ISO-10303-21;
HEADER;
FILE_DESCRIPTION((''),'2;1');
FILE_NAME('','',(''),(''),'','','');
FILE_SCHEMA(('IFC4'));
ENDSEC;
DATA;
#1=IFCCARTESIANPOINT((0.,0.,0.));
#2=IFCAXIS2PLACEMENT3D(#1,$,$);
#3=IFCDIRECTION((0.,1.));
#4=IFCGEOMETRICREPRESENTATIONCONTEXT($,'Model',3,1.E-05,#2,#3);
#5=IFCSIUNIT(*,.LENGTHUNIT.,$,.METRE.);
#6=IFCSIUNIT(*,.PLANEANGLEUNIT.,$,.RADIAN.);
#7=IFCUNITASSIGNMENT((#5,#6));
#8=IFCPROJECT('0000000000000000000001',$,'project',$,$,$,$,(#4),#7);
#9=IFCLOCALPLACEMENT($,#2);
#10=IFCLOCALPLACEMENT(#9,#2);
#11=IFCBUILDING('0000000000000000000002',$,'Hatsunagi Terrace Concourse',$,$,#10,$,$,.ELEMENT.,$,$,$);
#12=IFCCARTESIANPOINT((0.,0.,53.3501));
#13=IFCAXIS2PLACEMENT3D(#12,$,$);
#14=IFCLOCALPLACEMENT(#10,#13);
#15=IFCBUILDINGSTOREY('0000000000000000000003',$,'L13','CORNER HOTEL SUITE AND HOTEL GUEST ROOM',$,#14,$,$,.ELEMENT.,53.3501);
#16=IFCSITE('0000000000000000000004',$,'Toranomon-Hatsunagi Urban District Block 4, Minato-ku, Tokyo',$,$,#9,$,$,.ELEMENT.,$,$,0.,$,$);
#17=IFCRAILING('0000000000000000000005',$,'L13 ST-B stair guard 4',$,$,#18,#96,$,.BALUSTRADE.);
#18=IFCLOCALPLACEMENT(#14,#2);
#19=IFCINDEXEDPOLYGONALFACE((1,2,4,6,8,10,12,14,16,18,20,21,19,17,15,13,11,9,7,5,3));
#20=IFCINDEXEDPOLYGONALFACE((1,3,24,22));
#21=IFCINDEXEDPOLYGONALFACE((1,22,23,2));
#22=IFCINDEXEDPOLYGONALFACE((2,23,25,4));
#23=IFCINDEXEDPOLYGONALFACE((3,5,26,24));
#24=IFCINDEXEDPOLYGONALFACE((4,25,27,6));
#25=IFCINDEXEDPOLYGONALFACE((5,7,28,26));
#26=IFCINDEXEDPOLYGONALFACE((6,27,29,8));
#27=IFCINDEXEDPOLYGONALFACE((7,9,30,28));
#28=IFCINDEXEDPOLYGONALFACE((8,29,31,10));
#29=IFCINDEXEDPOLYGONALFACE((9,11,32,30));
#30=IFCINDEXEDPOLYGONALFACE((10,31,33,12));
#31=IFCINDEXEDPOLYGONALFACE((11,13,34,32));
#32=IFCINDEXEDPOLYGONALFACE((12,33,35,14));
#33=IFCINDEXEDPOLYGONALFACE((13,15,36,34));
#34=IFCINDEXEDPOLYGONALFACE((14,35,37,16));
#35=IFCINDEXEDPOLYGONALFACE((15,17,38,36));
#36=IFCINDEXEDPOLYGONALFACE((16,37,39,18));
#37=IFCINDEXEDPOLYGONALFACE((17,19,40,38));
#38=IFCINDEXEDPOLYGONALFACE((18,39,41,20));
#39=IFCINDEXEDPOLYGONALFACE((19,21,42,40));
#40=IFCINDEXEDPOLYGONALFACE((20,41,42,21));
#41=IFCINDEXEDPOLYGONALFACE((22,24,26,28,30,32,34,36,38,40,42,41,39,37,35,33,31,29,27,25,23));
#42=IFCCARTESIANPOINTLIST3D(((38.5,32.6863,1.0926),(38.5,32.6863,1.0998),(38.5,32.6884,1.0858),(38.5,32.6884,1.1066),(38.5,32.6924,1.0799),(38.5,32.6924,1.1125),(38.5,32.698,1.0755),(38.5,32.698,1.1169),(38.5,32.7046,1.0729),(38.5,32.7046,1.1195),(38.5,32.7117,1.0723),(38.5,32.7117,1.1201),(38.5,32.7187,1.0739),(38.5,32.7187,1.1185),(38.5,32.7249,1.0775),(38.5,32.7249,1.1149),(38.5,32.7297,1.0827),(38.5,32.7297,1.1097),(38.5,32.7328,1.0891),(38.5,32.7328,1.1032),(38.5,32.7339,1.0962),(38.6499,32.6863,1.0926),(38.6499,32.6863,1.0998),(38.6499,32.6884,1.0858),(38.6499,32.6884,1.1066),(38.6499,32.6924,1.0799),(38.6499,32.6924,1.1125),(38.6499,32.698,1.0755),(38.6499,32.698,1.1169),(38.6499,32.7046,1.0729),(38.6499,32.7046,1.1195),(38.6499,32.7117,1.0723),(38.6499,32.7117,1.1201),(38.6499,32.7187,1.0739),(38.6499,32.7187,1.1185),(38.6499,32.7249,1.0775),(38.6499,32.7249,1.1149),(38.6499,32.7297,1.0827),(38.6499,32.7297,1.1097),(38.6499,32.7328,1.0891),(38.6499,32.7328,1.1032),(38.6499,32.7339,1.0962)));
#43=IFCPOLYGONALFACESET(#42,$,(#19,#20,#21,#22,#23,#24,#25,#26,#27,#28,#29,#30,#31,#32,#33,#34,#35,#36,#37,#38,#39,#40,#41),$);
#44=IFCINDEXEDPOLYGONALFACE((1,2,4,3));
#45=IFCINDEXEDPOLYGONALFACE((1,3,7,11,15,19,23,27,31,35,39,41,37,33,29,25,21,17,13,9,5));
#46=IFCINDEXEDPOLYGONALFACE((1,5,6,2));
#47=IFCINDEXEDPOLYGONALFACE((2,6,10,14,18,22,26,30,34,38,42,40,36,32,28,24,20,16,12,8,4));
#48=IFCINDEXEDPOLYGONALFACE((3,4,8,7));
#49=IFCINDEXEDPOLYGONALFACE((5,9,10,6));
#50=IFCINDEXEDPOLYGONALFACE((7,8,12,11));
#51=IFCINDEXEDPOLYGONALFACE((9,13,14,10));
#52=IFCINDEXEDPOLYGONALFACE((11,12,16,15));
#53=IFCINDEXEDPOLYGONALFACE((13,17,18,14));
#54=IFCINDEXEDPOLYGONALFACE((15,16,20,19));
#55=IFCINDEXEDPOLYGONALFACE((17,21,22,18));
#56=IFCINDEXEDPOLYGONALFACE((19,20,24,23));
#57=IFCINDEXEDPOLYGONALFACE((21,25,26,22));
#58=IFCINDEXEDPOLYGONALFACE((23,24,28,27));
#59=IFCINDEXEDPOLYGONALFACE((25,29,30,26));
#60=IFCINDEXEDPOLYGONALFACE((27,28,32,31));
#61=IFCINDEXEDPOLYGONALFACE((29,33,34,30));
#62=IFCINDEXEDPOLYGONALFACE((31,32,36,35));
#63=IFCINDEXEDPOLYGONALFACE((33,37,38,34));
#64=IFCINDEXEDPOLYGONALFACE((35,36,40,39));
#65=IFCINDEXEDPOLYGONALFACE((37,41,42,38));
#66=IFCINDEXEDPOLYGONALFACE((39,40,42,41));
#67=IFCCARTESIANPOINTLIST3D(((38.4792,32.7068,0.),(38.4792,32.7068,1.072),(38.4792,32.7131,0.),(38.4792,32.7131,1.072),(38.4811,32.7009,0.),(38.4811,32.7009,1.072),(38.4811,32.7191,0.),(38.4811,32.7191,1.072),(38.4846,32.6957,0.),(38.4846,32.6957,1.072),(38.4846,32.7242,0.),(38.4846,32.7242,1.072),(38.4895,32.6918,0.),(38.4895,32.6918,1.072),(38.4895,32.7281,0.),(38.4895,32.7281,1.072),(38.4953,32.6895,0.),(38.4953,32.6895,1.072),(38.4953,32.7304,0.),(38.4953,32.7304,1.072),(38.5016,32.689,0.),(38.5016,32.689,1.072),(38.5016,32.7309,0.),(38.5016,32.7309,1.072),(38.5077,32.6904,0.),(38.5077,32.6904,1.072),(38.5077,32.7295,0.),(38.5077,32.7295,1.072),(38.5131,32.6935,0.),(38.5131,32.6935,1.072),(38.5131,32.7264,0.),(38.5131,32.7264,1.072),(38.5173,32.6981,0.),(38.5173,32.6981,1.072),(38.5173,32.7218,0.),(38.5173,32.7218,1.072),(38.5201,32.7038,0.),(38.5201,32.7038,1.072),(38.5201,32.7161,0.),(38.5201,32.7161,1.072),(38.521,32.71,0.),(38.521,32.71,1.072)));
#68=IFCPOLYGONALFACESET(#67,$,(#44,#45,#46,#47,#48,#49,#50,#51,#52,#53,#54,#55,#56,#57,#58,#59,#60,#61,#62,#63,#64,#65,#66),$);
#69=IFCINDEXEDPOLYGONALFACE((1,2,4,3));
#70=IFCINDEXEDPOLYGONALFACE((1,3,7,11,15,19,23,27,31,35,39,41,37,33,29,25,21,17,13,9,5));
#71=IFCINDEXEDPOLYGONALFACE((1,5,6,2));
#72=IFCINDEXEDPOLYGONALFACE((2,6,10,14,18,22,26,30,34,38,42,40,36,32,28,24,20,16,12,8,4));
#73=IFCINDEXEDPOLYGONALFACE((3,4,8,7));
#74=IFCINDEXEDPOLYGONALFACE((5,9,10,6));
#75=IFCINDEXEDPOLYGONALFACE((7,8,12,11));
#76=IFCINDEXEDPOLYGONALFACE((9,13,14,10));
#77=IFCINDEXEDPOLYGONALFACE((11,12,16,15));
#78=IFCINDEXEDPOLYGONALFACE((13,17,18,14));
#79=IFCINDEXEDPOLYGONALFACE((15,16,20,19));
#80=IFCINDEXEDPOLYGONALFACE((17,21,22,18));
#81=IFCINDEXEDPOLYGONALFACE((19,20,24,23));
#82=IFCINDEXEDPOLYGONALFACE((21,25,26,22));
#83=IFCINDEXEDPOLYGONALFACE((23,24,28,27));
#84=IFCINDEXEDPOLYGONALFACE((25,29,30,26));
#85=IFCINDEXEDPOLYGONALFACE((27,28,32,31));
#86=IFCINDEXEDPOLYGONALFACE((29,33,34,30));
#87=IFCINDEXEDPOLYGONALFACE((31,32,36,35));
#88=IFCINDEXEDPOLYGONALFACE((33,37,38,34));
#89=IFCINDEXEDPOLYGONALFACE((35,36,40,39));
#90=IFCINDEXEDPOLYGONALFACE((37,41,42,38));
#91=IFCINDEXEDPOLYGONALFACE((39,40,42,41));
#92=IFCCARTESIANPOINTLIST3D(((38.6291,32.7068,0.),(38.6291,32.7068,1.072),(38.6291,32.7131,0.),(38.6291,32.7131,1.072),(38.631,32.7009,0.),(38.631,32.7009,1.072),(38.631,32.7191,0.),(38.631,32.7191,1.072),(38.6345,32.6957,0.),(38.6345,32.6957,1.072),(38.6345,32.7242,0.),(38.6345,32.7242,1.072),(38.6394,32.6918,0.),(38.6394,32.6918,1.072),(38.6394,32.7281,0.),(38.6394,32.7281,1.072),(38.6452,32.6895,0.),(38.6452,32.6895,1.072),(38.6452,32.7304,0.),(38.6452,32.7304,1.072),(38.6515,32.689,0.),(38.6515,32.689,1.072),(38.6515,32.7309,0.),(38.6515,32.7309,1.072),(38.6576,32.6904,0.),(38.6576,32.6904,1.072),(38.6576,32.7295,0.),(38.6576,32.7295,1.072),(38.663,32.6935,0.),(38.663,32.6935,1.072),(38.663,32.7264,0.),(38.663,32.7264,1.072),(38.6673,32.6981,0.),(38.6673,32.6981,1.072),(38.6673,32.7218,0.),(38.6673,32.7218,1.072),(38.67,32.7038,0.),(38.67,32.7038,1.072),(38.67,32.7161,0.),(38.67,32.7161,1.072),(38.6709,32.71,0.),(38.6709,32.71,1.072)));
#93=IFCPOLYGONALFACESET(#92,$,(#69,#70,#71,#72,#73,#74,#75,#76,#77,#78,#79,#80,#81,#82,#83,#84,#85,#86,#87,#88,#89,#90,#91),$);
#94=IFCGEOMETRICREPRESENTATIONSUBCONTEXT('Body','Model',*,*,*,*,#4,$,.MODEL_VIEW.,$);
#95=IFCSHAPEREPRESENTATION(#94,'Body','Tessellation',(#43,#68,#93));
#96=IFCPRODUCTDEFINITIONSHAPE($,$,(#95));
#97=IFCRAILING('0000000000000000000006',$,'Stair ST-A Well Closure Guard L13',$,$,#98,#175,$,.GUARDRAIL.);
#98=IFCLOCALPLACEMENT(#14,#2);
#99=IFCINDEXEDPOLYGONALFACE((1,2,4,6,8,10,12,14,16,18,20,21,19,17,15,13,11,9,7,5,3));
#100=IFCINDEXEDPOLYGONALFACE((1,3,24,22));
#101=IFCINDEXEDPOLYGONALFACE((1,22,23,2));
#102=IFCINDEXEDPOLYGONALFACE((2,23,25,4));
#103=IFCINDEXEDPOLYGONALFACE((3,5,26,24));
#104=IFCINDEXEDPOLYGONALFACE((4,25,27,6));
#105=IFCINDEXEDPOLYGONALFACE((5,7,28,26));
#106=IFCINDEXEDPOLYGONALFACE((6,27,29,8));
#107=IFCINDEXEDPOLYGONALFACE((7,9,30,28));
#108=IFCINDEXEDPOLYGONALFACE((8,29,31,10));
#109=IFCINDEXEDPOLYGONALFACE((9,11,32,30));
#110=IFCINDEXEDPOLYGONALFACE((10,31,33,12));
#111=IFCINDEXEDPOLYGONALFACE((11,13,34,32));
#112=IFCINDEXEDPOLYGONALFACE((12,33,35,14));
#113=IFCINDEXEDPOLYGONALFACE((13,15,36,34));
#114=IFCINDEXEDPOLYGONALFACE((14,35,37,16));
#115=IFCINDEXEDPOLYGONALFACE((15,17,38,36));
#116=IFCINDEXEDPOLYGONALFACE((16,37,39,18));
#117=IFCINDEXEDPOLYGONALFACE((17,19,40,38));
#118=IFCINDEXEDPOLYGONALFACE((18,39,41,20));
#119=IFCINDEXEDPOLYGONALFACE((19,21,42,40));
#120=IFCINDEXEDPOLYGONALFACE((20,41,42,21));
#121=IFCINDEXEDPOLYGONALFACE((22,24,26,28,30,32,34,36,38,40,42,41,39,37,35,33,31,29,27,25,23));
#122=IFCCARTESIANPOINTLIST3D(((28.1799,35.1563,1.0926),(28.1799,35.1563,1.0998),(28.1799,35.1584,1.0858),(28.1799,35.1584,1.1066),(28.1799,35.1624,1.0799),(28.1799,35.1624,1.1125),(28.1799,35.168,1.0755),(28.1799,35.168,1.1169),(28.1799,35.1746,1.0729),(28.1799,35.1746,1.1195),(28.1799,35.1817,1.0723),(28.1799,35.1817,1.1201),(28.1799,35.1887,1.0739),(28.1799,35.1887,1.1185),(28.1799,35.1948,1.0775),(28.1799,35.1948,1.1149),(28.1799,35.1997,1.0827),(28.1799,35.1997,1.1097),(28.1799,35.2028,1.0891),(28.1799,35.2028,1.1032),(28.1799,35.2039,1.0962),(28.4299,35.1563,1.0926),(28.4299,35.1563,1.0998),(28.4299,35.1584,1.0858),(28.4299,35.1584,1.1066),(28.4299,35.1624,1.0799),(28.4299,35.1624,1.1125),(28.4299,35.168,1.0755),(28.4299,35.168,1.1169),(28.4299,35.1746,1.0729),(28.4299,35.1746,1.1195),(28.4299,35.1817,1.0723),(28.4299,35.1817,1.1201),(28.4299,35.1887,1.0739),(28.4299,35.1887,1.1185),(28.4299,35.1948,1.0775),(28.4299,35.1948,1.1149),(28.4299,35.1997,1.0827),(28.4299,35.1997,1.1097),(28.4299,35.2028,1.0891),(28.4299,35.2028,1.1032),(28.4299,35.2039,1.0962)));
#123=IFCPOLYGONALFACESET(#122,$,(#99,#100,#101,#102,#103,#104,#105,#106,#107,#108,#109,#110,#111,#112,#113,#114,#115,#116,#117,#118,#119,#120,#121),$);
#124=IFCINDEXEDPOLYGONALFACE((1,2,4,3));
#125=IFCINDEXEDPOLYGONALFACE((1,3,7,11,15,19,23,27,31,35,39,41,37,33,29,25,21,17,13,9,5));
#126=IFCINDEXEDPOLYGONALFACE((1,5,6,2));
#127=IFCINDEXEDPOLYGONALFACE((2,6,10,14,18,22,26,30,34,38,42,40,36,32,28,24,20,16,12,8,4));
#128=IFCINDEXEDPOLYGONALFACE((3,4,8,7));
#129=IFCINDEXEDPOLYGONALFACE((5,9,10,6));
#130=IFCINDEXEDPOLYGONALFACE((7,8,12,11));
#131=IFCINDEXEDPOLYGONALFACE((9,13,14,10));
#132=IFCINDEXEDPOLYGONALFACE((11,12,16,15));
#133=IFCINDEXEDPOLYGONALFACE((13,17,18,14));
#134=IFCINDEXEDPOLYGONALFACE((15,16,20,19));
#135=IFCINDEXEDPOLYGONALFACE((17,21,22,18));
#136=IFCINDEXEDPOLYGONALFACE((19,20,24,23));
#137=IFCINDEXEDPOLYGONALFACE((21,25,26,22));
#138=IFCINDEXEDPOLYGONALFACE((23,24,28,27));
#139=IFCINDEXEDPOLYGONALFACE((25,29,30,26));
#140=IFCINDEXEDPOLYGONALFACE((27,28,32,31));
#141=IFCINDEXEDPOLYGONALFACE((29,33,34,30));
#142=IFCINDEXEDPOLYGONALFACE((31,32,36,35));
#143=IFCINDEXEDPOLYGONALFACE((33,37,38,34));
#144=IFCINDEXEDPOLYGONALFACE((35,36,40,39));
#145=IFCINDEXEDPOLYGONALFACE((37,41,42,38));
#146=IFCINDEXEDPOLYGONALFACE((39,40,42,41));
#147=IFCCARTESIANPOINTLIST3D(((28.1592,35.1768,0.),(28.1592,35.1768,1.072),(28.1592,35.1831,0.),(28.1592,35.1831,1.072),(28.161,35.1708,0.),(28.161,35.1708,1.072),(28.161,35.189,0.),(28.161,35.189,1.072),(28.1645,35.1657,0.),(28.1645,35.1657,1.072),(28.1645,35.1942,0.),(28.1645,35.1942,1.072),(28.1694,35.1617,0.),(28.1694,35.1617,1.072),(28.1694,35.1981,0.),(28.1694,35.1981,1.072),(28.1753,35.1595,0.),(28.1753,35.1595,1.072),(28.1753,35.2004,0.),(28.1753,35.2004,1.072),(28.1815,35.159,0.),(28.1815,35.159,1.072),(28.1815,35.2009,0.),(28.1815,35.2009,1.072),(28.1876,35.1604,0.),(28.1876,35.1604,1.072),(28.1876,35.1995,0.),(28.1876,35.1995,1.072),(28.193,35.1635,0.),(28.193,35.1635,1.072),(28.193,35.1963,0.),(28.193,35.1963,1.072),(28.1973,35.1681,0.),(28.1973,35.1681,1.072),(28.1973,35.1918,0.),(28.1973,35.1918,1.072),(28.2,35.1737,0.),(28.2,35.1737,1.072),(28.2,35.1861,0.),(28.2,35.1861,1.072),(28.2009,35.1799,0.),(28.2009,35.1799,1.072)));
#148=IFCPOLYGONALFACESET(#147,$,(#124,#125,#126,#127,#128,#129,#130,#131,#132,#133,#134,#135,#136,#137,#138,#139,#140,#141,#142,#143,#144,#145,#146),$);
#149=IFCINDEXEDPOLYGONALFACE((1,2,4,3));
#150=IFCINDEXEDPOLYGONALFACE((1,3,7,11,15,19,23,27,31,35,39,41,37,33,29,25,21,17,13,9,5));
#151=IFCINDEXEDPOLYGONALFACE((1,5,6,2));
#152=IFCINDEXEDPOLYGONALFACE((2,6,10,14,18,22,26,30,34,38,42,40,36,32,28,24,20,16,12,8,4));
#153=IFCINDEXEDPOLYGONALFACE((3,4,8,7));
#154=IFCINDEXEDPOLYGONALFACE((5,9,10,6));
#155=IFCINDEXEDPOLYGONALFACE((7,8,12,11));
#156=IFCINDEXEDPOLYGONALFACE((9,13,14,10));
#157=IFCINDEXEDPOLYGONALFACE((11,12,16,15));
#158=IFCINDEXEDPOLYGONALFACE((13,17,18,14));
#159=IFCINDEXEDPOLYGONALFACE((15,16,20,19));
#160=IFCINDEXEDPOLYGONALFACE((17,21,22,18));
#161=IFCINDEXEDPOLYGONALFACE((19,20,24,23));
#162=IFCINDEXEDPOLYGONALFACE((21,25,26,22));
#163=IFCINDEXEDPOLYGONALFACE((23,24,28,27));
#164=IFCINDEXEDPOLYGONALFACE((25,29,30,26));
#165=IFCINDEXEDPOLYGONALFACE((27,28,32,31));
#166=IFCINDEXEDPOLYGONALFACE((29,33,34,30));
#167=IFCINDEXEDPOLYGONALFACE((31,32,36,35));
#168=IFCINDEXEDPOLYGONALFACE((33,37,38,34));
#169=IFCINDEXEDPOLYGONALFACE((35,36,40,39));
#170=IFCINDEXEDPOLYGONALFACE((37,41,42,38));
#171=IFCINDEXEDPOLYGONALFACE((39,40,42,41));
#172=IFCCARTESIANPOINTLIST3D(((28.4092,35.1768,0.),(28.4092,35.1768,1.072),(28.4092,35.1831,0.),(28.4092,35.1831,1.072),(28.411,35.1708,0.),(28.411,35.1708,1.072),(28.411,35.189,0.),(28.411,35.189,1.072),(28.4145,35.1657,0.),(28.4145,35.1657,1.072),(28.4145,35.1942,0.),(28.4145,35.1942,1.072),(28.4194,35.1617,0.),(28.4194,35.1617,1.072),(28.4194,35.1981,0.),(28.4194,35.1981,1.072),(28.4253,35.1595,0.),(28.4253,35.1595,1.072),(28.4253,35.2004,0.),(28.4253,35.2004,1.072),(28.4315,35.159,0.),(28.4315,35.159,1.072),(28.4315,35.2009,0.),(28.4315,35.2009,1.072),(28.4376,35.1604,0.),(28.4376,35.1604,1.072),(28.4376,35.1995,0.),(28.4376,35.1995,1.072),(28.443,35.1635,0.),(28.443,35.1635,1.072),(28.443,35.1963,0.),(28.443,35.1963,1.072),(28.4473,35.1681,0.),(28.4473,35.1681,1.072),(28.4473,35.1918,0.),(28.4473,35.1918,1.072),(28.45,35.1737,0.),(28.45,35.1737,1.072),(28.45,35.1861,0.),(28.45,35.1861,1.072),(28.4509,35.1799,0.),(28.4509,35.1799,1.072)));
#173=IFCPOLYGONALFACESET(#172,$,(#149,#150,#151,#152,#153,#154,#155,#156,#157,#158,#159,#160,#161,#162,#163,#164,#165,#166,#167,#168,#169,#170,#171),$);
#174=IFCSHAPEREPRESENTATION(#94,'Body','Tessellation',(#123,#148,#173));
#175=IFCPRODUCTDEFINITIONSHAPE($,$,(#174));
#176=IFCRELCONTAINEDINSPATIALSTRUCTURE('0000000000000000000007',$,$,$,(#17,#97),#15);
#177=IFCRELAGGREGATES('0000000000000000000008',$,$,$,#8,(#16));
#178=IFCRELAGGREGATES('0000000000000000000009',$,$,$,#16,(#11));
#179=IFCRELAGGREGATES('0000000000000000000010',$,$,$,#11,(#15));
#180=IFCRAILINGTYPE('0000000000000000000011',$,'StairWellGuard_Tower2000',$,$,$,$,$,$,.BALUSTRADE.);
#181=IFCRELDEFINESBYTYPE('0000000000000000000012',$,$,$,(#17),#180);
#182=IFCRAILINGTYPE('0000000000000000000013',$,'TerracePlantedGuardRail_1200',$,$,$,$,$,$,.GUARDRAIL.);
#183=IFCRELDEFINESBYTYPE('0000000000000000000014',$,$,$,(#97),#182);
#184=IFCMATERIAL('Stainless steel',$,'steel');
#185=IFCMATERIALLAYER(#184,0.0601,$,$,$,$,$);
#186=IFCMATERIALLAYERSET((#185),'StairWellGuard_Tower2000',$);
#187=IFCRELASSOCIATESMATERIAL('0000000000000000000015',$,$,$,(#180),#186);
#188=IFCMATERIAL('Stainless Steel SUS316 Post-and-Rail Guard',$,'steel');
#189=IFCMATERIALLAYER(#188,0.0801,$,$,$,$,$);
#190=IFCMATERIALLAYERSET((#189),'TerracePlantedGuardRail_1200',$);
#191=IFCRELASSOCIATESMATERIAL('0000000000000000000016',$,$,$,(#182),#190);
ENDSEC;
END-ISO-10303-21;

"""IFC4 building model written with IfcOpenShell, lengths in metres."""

from ifc_helpers import new_model, si_unit, direction, frame, origin, origin_2d, place, context, subcontext, project, spatial, circle, extrude, material, layer, layer_set, type_object, element, save


model = new_model("IFC4")

# Units and contexts
model_context = context("Model", 3, precision=1e-05, world=origin(), true_north=direction((0.0, 1.0)))
body_context = subcontext(model_context, "Body", "Model", "MODEL_VIEW")
ifc_project = project(units=[si_unit("LENGTHUNIT", "METRE"), si_unit("PLANEANGLEUNIT", "RADIAN")], contexts=[model_context])

# Site, building, storey
site_placement = place(None, origin())
site = spatial("IfcSite", under=ifc_project, at=site_placement, Name="Toranomon-Hatsunagi Urban District Block 4, Minato-ku, Tokyo", CompositionType="ELEMENT", RefElevation=0.0)
building_placement = place(site_placement, origin())
building = spatial("IfcBuilding", under=site, at=building_placement, Name="Hatsunagi Terrace Concourse", CompositionType="ELEMENT")
storey_placement = place(building_placement, frame((0.0, 0.0, 53.3501)))
storey = spatial("IfcBuildingStorey", under=building, at=storey_placement, Name="L13", Description="CORNER HOTEL SUITE AND HOTEL GUEST ROOM", CompositionType="ELEMENT", Elevation=53.3501)

# Railings
ifc_material_1 = material(Name="Stainless steel", Category="steel")
ifc_layer_1 = layer(ifc_material_1, 0.0601)
ifc_layer_set_1 = layer_set([ifc_layer_1], Name="StairWellGuard_Tower2000")
railing_type_1 = type_object("IfcRailingType", Name="StairWellGuard_Tower2000", PredefinedType="BALUSTRADE", material=ifc_layer_set_1)
for number, where, name in (
    (1, (38.5, 32.71, 0.0), "L13 ST-B stair guard 4"),
):
    element("IfcRailing", number, at=place(storey_placement, frame(where)), inside=storey, type_object=railing_type_1, Name=name, PredefinedType="BALUSTRADE", context=body_context, shape_type="SweptSolid", body=[
        extrude(circle(Radius=0.0239, at=origin_2d()), frame((0.0, 0.0, 1.0962), z_axis=(1.0, 0.0, 0.0), x_axis=(0.0, 1.0, 0.0)), (0.0, 0.0, 1.0), 0.1499),
        extrude(circle(Radius=0.021, at=origin_2d()), origin(), (0.0, 0.0, 1.0), 1.072),
        extrude(circle(Radius=0.021, at=origin_2d()), frame((0.1499, 0.0, 0.0)), (0.0, 0.0, 1.0), 1.072),
    ])
ifc_material_2 = material(Name="Stainless Steel SUS316 Post-and-Rail Guard", Category="steel")
ifc_layer_2 = layer(ifc_material_2, 0.0801)
ifc_layer_set_2 = layer_set([ifc_layer_2], Name="TerracePlantedGuardRail_1200")
railing_type_2 = type_object("IfcRailingType", Name="TerracePlantedGuardRail_1200", PredefinedType="GUARDRAIL", material=ifc_layer_set_2)
for number, where, name in (
    (2, (28.1799, 35.1799, 0.0), "Stair ST-A Well Closure Guard L13"),
):
    element("IfcRailing", number, at=place(storey_placement, frame(where)), inside=storey, type_object=railing_type_2, Name=name, PredefinedType="GUARDRAIL", context=body_context, shape_type="SweptSolid", body=[
        extrude(circle(Radius=0.0239, at=origin_2d()), frame((0.0, 0.0, 1.0962), z_axis=(1.0, 0.0, 0.0), x_axis=(0.0, 1.0, 0.0)), (0.0, 0.0, 1.0), 0.25),
        extrude(circle(Radius=0.021, at=origin_2d()), origin(), (0.0, 0.0, 1.0), 1.072),
        extrude(circle(Radius=0.021, at=origin_2d()), frame((0.25, 0.0, 0.0)), (0.0, 0.0, 1.0), 1.072),
    ])

save(model, "model.ifc")
